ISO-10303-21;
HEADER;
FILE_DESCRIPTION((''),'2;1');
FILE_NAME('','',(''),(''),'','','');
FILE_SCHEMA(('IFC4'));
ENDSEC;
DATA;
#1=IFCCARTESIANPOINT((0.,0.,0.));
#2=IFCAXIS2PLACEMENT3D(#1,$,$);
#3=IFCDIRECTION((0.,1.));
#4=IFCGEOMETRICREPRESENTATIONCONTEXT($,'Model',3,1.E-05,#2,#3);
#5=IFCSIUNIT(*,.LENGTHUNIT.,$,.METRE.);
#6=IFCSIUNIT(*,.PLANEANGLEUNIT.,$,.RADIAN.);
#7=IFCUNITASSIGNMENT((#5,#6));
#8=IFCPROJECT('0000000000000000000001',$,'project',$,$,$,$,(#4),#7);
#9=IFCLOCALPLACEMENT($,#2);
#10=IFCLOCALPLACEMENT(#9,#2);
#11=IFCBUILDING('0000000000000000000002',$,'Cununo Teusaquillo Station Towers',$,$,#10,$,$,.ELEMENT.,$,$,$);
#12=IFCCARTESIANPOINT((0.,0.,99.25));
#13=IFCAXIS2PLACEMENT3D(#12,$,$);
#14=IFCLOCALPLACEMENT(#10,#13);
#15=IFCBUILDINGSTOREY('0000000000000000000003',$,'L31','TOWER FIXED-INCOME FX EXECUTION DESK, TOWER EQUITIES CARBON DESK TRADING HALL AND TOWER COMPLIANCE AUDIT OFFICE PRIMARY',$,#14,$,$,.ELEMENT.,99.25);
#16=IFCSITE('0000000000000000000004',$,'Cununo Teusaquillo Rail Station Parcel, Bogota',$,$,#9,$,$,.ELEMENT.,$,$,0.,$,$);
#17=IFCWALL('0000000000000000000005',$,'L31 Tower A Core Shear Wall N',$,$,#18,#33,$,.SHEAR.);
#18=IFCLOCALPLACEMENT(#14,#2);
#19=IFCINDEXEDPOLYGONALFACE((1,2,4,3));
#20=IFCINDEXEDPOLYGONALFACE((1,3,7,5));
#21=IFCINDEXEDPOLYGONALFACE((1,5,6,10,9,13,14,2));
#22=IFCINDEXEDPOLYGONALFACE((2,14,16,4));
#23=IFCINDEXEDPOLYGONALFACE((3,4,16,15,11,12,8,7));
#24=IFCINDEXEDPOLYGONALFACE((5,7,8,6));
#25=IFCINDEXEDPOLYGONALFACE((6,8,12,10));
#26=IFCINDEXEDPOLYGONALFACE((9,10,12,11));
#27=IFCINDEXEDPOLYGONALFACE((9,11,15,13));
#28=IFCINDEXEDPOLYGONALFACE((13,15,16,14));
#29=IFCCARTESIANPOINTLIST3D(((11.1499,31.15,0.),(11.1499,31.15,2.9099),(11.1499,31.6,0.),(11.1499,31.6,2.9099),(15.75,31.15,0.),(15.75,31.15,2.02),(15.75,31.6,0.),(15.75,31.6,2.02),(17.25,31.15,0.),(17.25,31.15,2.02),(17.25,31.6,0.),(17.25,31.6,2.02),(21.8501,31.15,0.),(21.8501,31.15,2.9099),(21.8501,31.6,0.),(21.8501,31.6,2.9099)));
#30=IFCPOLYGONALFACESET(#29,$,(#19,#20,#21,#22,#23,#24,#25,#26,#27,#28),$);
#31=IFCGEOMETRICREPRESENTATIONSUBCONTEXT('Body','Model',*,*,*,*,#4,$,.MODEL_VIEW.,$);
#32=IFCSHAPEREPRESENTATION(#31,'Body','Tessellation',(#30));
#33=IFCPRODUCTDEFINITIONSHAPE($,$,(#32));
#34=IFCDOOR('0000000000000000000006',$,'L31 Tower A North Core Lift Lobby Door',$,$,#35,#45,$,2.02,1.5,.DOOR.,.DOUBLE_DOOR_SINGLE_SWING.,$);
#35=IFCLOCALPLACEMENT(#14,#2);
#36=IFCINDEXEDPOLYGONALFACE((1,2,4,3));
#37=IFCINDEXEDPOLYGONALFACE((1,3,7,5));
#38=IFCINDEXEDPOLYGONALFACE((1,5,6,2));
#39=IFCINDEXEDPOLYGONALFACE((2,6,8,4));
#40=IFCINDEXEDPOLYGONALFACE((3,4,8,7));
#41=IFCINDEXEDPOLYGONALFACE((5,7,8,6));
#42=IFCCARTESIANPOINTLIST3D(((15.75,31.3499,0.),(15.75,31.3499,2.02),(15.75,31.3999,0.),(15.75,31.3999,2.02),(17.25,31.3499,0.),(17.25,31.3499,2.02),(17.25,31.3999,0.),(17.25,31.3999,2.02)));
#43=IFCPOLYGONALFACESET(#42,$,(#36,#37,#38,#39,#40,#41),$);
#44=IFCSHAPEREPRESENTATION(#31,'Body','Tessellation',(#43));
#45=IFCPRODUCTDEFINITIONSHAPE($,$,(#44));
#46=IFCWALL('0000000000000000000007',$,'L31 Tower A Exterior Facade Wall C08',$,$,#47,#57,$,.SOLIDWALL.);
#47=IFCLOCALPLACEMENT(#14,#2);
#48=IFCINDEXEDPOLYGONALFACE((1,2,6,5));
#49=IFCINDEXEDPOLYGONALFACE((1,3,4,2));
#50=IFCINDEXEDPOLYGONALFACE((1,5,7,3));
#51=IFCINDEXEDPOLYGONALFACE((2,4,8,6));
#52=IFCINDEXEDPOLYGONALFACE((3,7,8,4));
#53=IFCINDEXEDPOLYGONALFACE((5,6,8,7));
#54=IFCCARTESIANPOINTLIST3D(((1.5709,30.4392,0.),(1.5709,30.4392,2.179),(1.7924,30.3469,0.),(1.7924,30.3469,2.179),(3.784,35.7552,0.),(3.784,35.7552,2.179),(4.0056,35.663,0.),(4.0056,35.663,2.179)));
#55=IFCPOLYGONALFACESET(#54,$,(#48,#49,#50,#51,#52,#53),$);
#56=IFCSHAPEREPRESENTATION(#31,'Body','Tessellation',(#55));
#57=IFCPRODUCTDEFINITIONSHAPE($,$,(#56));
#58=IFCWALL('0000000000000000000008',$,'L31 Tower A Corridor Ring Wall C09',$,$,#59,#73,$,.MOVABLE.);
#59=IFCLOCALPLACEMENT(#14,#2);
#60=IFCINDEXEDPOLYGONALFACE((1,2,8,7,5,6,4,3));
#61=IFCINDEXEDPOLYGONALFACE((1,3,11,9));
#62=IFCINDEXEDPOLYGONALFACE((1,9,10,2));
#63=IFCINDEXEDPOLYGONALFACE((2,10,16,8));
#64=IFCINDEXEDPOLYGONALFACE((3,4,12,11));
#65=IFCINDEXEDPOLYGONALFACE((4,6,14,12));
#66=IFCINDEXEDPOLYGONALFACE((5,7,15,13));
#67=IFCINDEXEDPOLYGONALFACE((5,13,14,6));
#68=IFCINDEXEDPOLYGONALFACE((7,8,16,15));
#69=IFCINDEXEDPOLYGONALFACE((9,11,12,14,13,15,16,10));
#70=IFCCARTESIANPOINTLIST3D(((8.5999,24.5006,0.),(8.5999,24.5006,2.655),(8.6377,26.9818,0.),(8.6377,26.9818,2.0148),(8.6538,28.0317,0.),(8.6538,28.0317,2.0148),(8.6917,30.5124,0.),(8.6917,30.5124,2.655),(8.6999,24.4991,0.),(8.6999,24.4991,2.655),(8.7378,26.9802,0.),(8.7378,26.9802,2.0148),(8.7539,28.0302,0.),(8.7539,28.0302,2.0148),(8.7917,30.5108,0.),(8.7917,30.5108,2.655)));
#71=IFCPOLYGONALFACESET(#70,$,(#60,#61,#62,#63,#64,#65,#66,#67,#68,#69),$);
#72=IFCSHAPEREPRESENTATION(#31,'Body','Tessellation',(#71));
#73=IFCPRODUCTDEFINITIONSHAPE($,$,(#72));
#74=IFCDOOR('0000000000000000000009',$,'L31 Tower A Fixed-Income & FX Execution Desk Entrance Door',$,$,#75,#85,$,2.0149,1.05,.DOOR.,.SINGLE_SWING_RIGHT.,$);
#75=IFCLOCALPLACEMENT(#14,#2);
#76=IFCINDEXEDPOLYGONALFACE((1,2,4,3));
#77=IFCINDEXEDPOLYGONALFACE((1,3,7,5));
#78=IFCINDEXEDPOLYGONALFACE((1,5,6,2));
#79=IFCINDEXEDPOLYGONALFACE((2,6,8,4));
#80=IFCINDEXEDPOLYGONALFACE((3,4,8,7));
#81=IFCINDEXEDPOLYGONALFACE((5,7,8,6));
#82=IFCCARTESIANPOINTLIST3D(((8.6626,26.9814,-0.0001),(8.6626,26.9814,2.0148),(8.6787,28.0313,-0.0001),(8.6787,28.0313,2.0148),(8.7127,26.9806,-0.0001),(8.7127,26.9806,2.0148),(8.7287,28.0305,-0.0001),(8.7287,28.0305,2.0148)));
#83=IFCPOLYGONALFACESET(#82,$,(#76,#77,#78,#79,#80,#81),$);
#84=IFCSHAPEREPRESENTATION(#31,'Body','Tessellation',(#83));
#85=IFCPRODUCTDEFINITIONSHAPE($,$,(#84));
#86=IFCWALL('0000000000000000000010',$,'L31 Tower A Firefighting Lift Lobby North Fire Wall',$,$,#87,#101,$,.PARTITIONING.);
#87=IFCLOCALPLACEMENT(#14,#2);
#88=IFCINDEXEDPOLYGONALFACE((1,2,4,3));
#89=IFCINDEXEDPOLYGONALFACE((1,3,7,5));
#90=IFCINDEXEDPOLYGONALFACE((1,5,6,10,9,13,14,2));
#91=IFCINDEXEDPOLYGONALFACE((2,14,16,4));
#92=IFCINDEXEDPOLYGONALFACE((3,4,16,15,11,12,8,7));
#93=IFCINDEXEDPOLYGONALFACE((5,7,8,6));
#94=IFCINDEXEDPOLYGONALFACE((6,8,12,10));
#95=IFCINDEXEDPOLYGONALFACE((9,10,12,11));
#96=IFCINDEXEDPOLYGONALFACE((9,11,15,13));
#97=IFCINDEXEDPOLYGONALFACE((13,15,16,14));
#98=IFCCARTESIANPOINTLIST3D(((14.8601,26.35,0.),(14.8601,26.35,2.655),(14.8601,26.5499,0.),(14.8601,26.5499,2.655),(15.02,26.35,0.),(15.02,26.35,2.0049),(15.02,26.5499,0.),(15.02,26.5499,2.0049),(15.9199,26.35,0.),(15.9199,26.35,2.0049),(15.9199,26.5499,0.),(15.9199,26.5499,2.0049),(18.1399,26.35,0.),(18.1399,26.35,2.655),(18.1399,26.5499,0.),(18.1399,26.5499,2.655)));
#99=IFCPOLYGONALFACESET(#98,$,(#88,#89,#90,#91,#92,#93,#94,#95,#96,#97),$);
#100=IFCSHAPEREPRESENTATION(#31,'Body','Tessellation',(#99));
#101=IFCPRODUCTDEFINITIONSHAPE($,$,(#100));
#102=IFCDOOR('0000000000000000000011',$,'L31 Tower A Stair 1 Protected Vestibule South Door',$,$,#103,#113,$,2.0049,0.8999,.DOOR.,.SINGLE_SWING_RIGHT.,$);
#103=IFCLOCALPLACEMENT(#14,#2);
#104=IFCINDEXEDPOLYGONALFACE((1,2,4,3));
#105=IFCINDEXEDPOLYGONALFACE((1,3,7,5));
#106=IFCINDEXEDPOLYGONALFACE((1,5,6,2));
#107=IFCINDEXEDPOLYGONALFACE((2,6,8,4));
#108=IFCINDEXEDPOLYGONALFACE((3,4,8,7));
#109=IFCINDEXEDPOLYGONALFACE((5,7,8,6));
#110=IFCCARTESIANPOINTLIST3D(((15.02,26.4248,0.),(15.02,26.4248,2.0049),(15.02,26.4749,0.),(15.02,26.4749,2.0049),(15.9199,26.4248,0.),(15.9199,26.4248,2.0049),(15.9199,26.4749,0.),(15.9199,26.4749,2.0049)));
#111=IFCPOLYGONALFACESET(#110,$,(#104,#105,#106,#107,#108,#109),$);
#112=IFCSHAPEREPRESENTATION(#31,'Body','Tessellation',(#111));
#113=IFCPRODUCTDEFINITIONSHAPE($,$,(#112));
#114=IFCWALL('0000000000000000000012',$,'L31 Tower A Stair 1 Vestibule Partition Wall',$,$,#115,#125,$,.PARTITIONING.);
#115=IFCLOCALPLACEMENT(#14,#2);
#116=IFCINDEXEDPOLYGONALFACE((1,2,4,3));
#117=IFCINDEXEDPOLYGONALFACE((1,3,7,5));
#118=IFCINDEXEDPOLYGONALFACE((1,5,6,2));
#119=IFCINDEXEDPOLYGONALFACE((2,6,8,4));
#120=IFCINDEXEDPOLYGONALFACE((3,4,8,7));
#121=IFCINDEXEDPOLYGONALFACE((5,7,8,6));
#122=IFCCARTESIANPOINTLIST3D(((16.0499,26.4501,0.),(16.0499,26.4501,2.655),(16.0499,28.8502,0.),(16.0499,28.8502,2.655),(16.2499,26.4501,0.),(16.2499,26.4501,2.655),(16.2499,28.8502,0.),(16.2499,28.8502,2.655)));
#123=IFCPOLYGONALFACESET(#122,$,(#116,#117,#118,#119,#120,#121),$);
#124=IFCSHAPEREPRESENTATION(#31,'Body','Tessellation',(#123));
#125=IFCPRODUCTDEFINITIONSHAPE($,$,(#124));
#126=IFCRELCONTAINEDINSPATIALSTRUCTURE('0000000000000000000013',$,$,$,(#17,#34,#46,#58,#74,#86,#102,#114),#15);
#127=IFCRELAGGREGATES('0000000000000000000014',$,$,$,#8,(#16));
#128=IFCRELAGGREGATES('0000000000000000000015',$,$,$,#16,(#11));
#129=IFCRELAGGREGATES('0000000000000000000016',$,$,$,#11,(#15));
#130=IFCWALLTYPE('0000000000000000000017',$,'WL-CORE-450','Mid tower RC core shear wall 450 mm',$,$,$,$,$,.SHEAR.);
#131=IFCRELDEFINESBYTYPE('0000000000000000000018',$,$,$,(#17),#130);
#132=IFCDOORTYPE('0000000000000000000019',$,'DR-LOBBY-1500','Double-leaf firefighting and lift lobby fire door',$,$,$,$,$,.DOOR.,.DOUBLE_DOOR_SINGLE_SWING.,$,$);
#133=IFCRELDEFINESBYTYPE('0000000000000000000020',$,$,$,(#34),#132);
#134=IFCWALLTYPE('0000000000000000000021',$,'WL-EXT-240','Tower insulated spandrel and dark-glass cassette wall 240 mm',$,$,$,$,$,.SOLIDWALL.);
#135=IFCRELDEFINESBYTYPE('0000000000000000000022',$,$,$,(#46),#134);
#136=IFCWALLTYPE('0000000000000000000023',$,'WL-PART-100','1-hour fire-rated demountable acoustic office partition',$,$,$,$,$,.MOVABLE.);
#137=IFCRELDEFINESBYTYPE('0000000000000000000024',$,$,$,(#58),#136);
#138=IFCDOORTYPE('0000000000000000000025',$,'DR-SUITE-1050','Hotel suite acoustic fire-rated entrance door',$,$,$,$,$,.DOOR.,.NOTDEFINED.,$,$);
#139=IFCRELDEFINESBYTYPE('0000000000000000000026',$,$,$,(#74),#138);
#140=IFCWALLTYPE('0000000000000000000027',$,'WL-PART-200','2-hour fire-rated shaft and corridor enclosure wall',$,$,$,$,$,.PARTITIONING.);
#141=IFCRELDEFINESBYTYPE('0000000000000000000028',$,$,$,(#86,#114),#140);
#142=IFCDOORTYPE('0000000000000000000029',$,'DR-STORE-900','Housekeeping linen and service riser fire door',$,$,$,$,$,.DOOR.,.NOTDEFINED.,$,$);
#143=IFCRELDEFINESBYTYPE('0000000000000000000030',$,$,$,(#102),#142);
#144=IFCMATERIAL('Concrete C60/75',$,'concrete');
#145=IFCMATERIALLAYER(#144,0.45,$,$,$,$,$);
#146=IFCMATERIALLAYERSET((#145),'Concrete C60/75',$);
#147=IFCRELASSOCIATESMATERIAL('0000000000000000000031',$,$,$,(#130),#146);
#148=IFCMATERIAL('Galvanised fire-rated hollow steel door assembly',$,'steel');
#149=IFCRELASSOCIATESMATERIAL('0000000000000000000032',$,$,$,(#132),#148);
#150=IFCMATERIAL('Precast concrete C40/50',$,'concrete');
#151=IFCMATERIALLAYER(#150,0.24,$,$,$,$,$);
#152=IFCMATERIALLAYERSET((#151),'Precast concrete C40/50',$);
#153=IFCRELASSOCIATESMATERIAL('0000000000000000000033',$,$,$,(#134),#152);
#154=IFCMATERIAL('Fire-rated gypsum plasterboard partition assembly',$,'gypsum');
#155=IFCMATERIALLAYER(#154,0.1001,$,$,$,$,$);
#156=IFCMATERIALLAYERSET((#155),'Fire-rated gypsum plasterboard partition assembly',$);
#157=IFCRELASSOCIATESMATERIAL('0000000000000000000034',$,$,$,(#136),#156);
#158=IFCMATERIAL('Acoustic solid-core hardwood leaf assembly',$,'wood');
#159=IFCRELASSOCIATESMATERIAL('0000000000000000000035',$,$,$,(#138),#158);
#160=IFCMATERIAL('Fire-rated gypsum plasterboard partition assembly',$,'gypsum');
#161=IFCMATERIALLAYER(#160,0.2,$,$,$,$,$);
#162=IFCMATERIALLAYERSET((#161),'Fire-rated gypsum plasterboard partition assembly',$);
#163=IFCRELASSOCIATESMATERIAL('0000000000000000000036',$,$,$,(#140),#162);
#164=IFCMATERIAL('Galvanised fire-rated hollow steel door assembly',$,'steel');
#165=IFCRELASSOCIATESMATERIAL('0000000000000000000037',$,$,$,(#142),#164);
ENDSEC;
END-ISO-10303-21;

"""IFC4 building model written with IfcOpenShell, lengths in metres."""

from ifc_helpers import new_model, si_unit, direction, frame, frame_2d, origin, place, context, subcontext, project, spatial, rectangle, extrude, source, transform, mapped, material, layer, layer_set, type_object, element, fill, save


model = new_model("IFC4")

# Units and contexts
model_context = context("Model", 3, precision=1e-05, world=origin(), true_north=direction((0.0, 1.0)))
body_context = subcontext(model_context, "Body", "Model", "MODEL_VIEW")
ifc_project = project(units=[si_unit("LENGTHUNIT", "METRE"), si_unit("PLANEANGLEUNIT", "RADIAN")], contexts=[model_context])

# Site, building, storey
site_placement = place(None, origin())
site = spatial("IfcSite", under=ifc_project, at=site_placement, Name="Cununo Teusaquillo Rail Station Parcel, Bogota", CompositionType="ELEMENT", RefElevation=0.0)
building_placement = place(site_placement, origin())
building = spatial("IfcBuilding", under=site, at=building_placement, Name="Cununo Teusaquillo Station Towers", CompositionType="ELEMENT")
storey_placement = place(building_placement, frame((0.0, 0.0, 99.25)))
storey = spatial("IfcBuildingStorey", under=building, at=storey_placement, Name="L31", Description="TOWER FIXED-INCOME FX EXECUTION DESK, TOWER EQUITIES CARBON DESK TRADING HALL AND TOWER COMPLIANCE AUDIT OFFICE PRIMARY", CompositionType="ELEMENT", Elevation=99.25)

# Wall, opening, door
ifc_material_1 = material(Name="Concrete C60/75", Category="concrete")
ifc_layer_1 = layer(ifc_material_1, 0.45)
ifc_layer_set_1 = layer_set([ifc_layer_1], Name="Concrete C60/75")
wall_type_1 = type_object("IfcWallType", Name="WL-CORE-450", Description="Mid tower RC core shear wall 450 mm", PredefinedType="SHEAR", material=ifc_layer_set_1)
wall_1_placement = place(storey_placement, frame((11.1499, 31.375, 0.0), z_axis=(0.0, 0.0, 1.0), x_axis=(1.0, 0.0, 0.0)))
wall_1 = element("IfcWall", 1, at=wall_1_placement, inside=storey, type_object=wall_type_1, Name="L31 Tower A Core Shear Wall N", PredefinedType="SHEAR", context=body_context, shape_type="SweptSolid", body=[
    extrude(rectangle(XDim=10.7002, YDim=0.45, at=frame_2d((5.3501, 0.0))), origin(), (0.0, 0.0, 1.0), 2.9099),
])
shared_shape_1 = source(origin(), body_context, "Body", "SweptSolid", [
    extrude(rectangle(XDim=1.5, YDim=2.02, at=frame_2d((0.75, 1.01))), frame((0.0, 0.2349, 0.0), z_axis=(0.0, -1.0, 0.0), x_axis=(1.0, 0.0, 0.0)), (0.0, 0.0, 1.0), 0.47),
])
opening_1_placement = place(wall_1_placement, frame((4.6001, 0.0, 0.0)))
opening_1 = element("IfcOpeningElement", 2, at=opening_1_placement, cuts=wall_1, PredefinedType="OPENING", context=body_context, shape_type="MappedRepresentation", body=[
    mapped(shared_shape_1, transform((0.0, 0.0, 0.0), x_axis=(1.0, 0.0, 0.0), y_axis=(0.0, 1.0, 0.0), z_axis=(0.0, 0.0, 1.0), scale=1.0)),
])
ifc_material_2 = material(Name="Galvanised fire-rated hollow steel door assembly", Category="steel")
door_type_1 = type_object("IfcDoorType", Name="DR-LOBBY-1500", Description="Double-leaf firefighting and lift lobby fire door", OperationType="DOUBLE_DOOR_SINGLE_SWING", PredefinedType="DOOR", material=ifc_material_2)
shared_shape_2 = source(origin(), body_context, "Body", "SweptSolid", [
    extrude(rectangle(XDim=1.5, YDim=2.02, at=frame_2d((0.75, 1.01))), frame((0.0, 0.0249, 0.0), z_axis=(0.0, -1.0, 0.0), x_axis=(1.0, 0.0, 0.0)), (0.0, 0.0, 1.0), 0.05),
])
door_1_placement = place(opening_1_placement, origin())
door_1 = element("IfcDoor", 3, at=door_1_placement, inside=storey, type_object=door_type_1, Name="L31 Tower A North Core Lift Lobby Door", OperationType="DOUBLE_DOOR_SINGLE_SWING", OverallHeight=2.02, OverallWidth=1.5, PredefinedType="DOOR", context=body_context, shape_type="MappedRepresentation", body=[
    mapped(shared_shape_2, transform((0.0, 0.0, 0.0), x_axis=(1.0, 0.0, 0.0), y_axis=(0.0, 1.0, 0.0), z_axis=(0.0, 0.0, 1.0), scale=1.0)),
])
fill(opening_1, door_1)

# Wall
ifc_material_3 = material(Name="Precast concrete C40/50", Category="concrete")
ifc_layer_2 = layer(ifc_material_3, 0.24)
ifc_layer_set_2 = layer_set([ifc_layer_2], Name="Precast concrete C40/50")
wall_type_2 = type_object("IfcWallType", Name="WL-EXT-240", Description="Tower insulated spandrel and dark-glass cassette wall 240 mm", PredefinedType="SOLIDWALL", material=ifc_layer_set_2)
wall_2_placement = place(storey_placement, frame((1.6816, 30.3931, 0.0), z_axis=(0.0, 0.0, 1.0), x_axis=(0.384344, 0.92319, 0.0)))
element("IfcWall", 4, at=wall_2_placement, inside=storey, type_object=wall_type_2, Name="L31 Tower A Exterior Facade Wall C08", PredefinedType="SOLIDWALL", context=body_context, shape_type="SweptSolid", body=[
    extrude(rectangle(XDim=5.7583, YDim=0.24, at=frame_2d((2.8792, 0.0))), origin(), (0.0, 0.0, 1.0), 2.179),
])

# Walls, openings, doors
ifc_material_4 = material(Name="Fire-rated gypsum plasterboard partition assembly", Category="gypsum")
ifc_layer_3 = layer(ifc_material_4, 0.1001)
ifc_layer_set_3 = layer_set([ifc_layer_3], Name="Fire-rated gypsum plasterboard partition assembly")
wall_type_3 = type_object("IfcWallType", Name="WL-PART-100", Description="1-hour fire-rated demountable acoustic office partition", PredefinedType="MOVABLE", material=ifc_layer_set_3)
wall_3_placement = place(storey_placement, frame((8.7417, 30.5117, 0.0), z_axis=(0.0, 0.0, 1.0), x_axis=(-0.015268, -0.999883, 0.0)))
wall_3 = element("IfcWall", 5, at=wall_3_placement, inside=storey, type_object=wall_type_3, Name="L31 Tower A Corridor Ring Wall C09", PredefinedType="MOVABLE", context=body_context, shape_type="SweptSolid", body=[
    extrude(rectangle(XDim=6.0125, YDim=0.1001, at=frame_2d((3.0063, 0.0))), origin(), (0.0, 0.0, 1.0), 2.655),
])
shared_shape_3 = source(origin(), body_context, "Body", "SweptSolid", [
    extrude(rectangle(XDim=1.05, YDim=2.0149, at=frame_2d((0.5249, 1.0073))), frame((0.0, 0.0601, 0.0), z_axis=(0.0, -1.0, 0.0), x_axis=(1.0, 0.0, 0.0)), (0.0, 0.0, 1.0), 0.1201),
])
opening_2_placement = place(wall_3_placement, frame((2.4812, 0.0, 0.0)))
opening_2 = element("IfcOpeningElement", 6, at=opening_2_placement, cuts=wall_3, PredefinedType="OPENING", context=body_context, shape_type="MappedRepresentation", body=[
    mapped(shared_shape_3, transform((0.0, 0.0, 0.0), x_axis=(1.0, 0.0, 0.0), y_axis=(0.0, 1.0, 0.0), z_axis=(0.0, 0.0, 1.0), scale=1.0)),
])
ifc_material_5 = material(Name="Acoustic solid-core hardwood leaf assembly", Category="wood")
door_type_2 = type_object("IfcDoorType", Name="DR-SUITE-1050", Description="Hotel suite acoustic fire-rated entrance door", OperationType="NOTDEFINED", PredefinedType="DOOR", material=ifc_material_5)
shared_shape_4 = source(origin(), body_context, "Body", "SweptSolid", [
    extrude(rectangle(XDim=1.05, YDim=2.0149, at=frame_2d((0.5249, 1.0073))), frame((0.0, 0.0249, 0.0), z_axis=(0.0, -1.0, 0.0), x_axis=(1.0, 0.0, 0.0)), (0.0, 0.0, 1.0), 0.05),
])
door_2_placement = place(opening_2_placement, origin())
door_2 = element("IfcDoor", 7, at=door_2_placement, inside=storey, type_object=door_type_2, Name="L31 Tower A Fixed-Income & FX Execution Desk Entrance Door", OperationType="SINGLE_SWING_RIGHT", OverallHeight=2.0149, OverallWidth=1.05, PredefinedType="DOOR", context=body_context, shape_type="MappedRepresentation", body=[
    mapped(shared_shape_4, transform((0.0, 0.0, 0.0), x_axis=(1.0, 0.0, 0.0), y_axis=(0.0, 1.0, 0.0), z_axis=(0.0, 0.0, 1.0), scale=1.0)),
])
fill(opening_2, door_2)
ifc_material_6 = material(Name="Fire-rated gypsum plasterboard partition assembly", Category="gypsum")
ifc_layer_4 = layer(ifc_material_6, 0.2)
ifc_layer_set_4 = layer_set([ifc_layer_4], Name="Fire-rated gypsum plasterboard partition assembly")
wall_type_4 = type_object("IfcWallType", Name="WL-PART-200", Description="2-hour fire-rated shaft and corridor enclosure wall", PredefinedType="PARTITIONING", material=ifc_layer_set_4)
wall_4_placement = place(storey_placement, frame((14.8601, 26.45, 0.0), z_axis=(0.0, 0.0, 1.0), x_axis=(1.0, 0.0, 0.0)))
wall_4 = element("IfcWall", 8, at=wall_4_placement, inside=storey, type_object=wall_type_4, Name="L31 Tower A Firefighting Lift Lobby North Fire Wall", PredefinedType="PARTITIONING", context=body_context, shape_type="SweptSolid", body=[
    extrude(rectangle(XDim=3.2798, YDim=0.2, at=frame_2d((1.6399, 0.0))), origin(), (0.0, 0.0, 1.0), 2.655),
])
shared_shape_5 = source(origin(), body_context, "Body", "SweptSolid", [
    extrude(rectangle(XDim=0.8999, YDim=2.0049, at=frame_2d((0.45, 1.0024))), frame((0.0, 0.1099, 0.0), z_axis=(0.0, -1.0, 0.0), x_axis=(1.0, 0.0, 0.0)), (0.0, 0.0, 1.0), 0.22),
])
opening_3_placement = place(wall_4_placement, frame((0.1599, 0.0, 0.0)))
opening_3 = element("IfcOpeningElement", 9, at=opening_3_placement, cuts=wall_4, PredefinedType="OPENING", context=body_context, shape_type="MappedRepresentation", body=[
    mapped(shared_shape_5, transform((0.0, 0.0, 0.0), x_axis=(1.0, 0.0, 0.0), y_axis=(0.0, 1.0, 0.0), z_axis=(0.0, 0.0, 1.0), scale=1.0)),
])
ifc_material_7 = material(Name="Galvanised fire-rated hollow steel door assembly", Category="steel")
door_type_3 = type_object("IfcDoorType", Name="DR-STORE-900", Description="Housekeeping linen and service riser fire door", OperationType="NOTDEFINED", PredefinedType="DOOR", material=ifc_material_7)
shared_shape_6 = source(origin(), body_context, "Body", "SweptSolid", [
    extrude(rectangle(XDim=0.8999, YDim=2.0049, at=frame_2d((0.45, 1.0024))), frame((0.0, 0.0249, 0.0), z_axis=(0.0, -1.0, 0.0), x_axis=(1.0, 0.0, 0.0)), (0.0, 0.0, 1.0), 0.05),
])
door_3_placement = place(opening_3_placement, origin())
door_3 = element("IfcDoor", 10, at=door_3_placement, inside=storey, type_object=door_type_3, Name="L31 Tower A Stair 1 Protected Vestibule South Door", OperationType="SINGLE_SWING_RIGHT", OverallHeight=2.0049, OverallWidth=0.8999, PredefinedType="DOOR", context=body_context, shape_type="MappedRepresentation", body=[
    mapped(shared_shape_6, transform((0.0, 0.0, 0.0), x_axis=(1.0, 0.0, 0.0), y_axis=(0.0, 1.0, 0.0), z_axis=(0.0, 0.0, 1.0), scale=1.0)),
])
fill(opening_3, door_3)

# Wall
wall_5_placement = place(storey_placement, frame((16.1499, 26.45, 0.0), z_axis=(0.0, 0.0, 1.0), x_axis=(0.0, 1.0, 0.0)))
element("IfcWall", 11, at=wall_5_placement, inside=storey, type_object=wall_type_4, Name="L31 Tower A Stair 1 Vestibule Partition Wall", PredefinedType="PARTITIONING", context=body_context, shape_type="SweptSolid", body=[
    extrude(rectangle(XDim=2.4001, YDim=0.2, at=frame_2d((1.2002, 0.0))), origin(), (0.0, 0.0, 1.0), 2.655),
])

save(model, "model.ifc")
